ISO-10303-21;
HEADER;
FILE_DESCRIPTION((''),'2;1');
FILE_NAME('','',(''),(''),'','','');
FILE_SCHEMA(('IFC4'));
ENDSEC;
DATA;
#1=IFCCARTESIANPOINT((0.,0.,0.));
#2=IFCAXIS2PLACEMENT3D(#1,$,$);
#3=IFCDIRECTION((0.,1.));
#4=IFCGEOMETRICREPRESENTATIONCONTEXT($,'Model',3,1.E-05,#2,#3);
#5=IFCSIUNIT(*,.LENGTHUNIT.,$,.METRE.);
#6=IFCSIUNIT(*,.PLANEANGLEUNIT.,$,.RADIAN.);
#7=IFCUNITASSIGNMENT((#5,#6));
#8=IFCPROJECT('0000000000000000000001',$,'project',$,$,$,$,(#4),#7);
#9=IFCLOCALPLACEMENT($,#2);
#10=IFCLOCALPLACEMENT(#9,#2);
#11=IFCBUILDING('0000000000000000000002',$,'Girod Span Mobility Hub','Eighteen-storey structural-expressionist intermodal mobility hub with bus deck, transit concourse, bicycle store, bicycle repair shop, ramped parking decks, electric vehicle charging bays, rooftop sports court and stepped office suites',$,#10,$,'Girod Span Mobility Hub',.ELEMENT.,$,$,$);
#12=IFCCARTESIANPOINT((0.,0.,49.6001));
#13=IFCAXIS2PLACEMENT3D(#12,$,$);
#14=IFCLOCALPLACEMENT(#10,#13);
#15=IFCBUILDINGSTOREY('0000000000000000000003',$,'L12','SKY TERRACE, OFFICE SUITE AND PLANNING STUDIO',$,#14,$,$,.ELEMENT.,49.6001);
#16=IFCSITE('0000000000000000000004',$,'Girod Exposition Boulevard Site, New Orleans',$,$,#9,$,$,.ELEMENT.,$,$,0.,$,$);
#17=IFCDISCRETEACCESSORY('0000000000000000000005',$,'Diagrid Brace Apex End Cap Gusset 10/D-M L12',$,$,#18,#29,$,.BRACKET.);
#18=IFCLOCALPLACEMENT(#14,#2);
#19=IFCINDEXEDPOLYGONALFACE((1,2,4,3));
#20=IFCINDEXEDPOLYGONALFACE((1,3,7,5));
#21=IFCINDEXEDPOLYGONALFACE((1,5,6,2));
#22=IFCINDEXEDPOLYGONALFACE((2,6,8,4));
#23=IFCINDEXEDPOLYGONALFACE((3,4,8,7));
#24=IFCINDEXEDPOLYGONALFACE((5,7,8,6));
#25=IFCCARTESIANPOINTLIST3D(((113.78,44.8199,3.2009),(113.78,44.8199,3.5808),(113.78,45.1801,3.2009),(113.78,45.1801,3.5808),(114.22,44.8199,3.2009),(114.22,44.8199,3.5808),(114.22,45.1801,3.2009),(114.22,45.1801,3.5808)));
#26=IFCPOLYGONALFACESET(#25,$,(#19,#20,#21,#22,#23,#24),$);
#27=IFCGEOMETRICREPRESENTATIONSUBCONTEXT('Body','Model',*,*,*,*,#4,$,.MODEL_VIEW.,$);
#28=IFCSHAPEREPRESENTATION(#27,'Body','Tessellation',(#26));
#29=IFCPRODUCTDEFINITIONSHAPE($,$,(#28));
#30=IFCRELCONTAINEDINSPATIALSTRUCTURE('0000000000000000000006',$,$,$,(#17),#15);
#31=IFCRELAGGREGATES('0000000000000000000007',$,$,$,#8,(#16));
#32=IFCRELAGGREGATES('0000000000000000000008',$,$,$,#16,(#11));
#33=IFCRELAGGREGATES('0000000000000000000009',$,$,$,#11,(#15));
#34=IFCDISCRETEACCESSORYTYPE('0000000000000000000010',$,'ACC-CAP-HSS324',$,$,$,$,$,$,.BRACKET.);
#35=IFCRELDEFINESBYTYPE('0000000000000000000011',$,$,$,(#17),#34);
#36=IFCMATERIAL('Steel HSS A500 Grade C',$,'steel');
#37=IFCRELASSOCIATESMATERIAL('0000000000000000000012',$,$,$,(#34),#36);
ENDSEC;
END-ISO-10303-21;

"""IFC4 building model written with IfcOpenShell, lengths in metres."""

from ifc_helpers import new_model, si_unit, direction, frame, origin, origin_2d, place, context, subcontext, project, spatial, rectangle, extrude, material, type_object, element, save


model = new_model("IFC4")

# Units and contexts
model_context = context("Model", 3, precision=1e-05, world=origin(), true_north=direction((0.0, 1.0)))
body_context = subcontext(model_context, "Body", "Model", "MODEL_VIEW")
ifc_project = project(units=[si_unit("LENGTHUNIT", "METRE"), si_unit("PLANEANGLEUNIT", "RADIAN")], contexts=[model_context])

# Site, building, storey
site_placement = place(None, origin())
site = spatial("IfcSite", under=ifc_project, at=site_placement, Name="Girod Exposition Boulevard Site, New Orleans", CompositionType="ELEMENT", RefElevation=0.0)
building_placement = place(site_placement, origin())
building = spatial("IfcBuilding", under=site, at=building_placement, Name="Girod Span Mobility Hub", Description="Eighteen-storey structural-expressionist intermodal mobility hub with bus deck, transit concourse, bicycle store, bicycle repair shop, ramped parking decks, electric vehicle charging bays, rooftop sports court and stepped office suites", LongName="Girod Span Mobility Hub", CompositionType="ELEMENT")
storey_placement = place(building_placement, frame((0.0, 0.0, 49.6001)))
storey = spatial("IfcBuildingStorey", under=building, at=storey_placement, Name="L12", Description="SKY TERRACE, OFFICE SUITE AND PLANNING STUDIO", CompositionType="ELEMENT", Elevation=49.6001)

# Discrete accessory
ifc_material_1 = material(Name="Steel HSS A500 Grade C", Category="steel")
discrete_accessory_type = type_object("IfcDiscreteAccessoryType", Name="ACC-CAP-HSS324", PredefinedType="BRACKET", material=ifc_material_1)
discrete_accessory_1_placement = place(storey_placement, frame((114.0, 45.0, 3.2009), z_axis=(0.0, 0.0, 1.0), x_axis=(1.0, 0.0, 0.0)))
element("IfcDiscreteAccessory", 1, at=discrete_accessory_1_placement, inside=storey, type_object=discrete_accessory_type, Name="Diagrid Brace Apex End Cap Gusset 10/D-M L12", PredefinedType="BRACKET", context=body_context, shape_type="SweptSolid", body=[
    extrude(rectangle(XDim=0.4399, YDim=0.3601, at=origin_2d()), origin(), (0.0, 0.0, 1.0), 0.3799),
])

save(model, "model.ifc")
